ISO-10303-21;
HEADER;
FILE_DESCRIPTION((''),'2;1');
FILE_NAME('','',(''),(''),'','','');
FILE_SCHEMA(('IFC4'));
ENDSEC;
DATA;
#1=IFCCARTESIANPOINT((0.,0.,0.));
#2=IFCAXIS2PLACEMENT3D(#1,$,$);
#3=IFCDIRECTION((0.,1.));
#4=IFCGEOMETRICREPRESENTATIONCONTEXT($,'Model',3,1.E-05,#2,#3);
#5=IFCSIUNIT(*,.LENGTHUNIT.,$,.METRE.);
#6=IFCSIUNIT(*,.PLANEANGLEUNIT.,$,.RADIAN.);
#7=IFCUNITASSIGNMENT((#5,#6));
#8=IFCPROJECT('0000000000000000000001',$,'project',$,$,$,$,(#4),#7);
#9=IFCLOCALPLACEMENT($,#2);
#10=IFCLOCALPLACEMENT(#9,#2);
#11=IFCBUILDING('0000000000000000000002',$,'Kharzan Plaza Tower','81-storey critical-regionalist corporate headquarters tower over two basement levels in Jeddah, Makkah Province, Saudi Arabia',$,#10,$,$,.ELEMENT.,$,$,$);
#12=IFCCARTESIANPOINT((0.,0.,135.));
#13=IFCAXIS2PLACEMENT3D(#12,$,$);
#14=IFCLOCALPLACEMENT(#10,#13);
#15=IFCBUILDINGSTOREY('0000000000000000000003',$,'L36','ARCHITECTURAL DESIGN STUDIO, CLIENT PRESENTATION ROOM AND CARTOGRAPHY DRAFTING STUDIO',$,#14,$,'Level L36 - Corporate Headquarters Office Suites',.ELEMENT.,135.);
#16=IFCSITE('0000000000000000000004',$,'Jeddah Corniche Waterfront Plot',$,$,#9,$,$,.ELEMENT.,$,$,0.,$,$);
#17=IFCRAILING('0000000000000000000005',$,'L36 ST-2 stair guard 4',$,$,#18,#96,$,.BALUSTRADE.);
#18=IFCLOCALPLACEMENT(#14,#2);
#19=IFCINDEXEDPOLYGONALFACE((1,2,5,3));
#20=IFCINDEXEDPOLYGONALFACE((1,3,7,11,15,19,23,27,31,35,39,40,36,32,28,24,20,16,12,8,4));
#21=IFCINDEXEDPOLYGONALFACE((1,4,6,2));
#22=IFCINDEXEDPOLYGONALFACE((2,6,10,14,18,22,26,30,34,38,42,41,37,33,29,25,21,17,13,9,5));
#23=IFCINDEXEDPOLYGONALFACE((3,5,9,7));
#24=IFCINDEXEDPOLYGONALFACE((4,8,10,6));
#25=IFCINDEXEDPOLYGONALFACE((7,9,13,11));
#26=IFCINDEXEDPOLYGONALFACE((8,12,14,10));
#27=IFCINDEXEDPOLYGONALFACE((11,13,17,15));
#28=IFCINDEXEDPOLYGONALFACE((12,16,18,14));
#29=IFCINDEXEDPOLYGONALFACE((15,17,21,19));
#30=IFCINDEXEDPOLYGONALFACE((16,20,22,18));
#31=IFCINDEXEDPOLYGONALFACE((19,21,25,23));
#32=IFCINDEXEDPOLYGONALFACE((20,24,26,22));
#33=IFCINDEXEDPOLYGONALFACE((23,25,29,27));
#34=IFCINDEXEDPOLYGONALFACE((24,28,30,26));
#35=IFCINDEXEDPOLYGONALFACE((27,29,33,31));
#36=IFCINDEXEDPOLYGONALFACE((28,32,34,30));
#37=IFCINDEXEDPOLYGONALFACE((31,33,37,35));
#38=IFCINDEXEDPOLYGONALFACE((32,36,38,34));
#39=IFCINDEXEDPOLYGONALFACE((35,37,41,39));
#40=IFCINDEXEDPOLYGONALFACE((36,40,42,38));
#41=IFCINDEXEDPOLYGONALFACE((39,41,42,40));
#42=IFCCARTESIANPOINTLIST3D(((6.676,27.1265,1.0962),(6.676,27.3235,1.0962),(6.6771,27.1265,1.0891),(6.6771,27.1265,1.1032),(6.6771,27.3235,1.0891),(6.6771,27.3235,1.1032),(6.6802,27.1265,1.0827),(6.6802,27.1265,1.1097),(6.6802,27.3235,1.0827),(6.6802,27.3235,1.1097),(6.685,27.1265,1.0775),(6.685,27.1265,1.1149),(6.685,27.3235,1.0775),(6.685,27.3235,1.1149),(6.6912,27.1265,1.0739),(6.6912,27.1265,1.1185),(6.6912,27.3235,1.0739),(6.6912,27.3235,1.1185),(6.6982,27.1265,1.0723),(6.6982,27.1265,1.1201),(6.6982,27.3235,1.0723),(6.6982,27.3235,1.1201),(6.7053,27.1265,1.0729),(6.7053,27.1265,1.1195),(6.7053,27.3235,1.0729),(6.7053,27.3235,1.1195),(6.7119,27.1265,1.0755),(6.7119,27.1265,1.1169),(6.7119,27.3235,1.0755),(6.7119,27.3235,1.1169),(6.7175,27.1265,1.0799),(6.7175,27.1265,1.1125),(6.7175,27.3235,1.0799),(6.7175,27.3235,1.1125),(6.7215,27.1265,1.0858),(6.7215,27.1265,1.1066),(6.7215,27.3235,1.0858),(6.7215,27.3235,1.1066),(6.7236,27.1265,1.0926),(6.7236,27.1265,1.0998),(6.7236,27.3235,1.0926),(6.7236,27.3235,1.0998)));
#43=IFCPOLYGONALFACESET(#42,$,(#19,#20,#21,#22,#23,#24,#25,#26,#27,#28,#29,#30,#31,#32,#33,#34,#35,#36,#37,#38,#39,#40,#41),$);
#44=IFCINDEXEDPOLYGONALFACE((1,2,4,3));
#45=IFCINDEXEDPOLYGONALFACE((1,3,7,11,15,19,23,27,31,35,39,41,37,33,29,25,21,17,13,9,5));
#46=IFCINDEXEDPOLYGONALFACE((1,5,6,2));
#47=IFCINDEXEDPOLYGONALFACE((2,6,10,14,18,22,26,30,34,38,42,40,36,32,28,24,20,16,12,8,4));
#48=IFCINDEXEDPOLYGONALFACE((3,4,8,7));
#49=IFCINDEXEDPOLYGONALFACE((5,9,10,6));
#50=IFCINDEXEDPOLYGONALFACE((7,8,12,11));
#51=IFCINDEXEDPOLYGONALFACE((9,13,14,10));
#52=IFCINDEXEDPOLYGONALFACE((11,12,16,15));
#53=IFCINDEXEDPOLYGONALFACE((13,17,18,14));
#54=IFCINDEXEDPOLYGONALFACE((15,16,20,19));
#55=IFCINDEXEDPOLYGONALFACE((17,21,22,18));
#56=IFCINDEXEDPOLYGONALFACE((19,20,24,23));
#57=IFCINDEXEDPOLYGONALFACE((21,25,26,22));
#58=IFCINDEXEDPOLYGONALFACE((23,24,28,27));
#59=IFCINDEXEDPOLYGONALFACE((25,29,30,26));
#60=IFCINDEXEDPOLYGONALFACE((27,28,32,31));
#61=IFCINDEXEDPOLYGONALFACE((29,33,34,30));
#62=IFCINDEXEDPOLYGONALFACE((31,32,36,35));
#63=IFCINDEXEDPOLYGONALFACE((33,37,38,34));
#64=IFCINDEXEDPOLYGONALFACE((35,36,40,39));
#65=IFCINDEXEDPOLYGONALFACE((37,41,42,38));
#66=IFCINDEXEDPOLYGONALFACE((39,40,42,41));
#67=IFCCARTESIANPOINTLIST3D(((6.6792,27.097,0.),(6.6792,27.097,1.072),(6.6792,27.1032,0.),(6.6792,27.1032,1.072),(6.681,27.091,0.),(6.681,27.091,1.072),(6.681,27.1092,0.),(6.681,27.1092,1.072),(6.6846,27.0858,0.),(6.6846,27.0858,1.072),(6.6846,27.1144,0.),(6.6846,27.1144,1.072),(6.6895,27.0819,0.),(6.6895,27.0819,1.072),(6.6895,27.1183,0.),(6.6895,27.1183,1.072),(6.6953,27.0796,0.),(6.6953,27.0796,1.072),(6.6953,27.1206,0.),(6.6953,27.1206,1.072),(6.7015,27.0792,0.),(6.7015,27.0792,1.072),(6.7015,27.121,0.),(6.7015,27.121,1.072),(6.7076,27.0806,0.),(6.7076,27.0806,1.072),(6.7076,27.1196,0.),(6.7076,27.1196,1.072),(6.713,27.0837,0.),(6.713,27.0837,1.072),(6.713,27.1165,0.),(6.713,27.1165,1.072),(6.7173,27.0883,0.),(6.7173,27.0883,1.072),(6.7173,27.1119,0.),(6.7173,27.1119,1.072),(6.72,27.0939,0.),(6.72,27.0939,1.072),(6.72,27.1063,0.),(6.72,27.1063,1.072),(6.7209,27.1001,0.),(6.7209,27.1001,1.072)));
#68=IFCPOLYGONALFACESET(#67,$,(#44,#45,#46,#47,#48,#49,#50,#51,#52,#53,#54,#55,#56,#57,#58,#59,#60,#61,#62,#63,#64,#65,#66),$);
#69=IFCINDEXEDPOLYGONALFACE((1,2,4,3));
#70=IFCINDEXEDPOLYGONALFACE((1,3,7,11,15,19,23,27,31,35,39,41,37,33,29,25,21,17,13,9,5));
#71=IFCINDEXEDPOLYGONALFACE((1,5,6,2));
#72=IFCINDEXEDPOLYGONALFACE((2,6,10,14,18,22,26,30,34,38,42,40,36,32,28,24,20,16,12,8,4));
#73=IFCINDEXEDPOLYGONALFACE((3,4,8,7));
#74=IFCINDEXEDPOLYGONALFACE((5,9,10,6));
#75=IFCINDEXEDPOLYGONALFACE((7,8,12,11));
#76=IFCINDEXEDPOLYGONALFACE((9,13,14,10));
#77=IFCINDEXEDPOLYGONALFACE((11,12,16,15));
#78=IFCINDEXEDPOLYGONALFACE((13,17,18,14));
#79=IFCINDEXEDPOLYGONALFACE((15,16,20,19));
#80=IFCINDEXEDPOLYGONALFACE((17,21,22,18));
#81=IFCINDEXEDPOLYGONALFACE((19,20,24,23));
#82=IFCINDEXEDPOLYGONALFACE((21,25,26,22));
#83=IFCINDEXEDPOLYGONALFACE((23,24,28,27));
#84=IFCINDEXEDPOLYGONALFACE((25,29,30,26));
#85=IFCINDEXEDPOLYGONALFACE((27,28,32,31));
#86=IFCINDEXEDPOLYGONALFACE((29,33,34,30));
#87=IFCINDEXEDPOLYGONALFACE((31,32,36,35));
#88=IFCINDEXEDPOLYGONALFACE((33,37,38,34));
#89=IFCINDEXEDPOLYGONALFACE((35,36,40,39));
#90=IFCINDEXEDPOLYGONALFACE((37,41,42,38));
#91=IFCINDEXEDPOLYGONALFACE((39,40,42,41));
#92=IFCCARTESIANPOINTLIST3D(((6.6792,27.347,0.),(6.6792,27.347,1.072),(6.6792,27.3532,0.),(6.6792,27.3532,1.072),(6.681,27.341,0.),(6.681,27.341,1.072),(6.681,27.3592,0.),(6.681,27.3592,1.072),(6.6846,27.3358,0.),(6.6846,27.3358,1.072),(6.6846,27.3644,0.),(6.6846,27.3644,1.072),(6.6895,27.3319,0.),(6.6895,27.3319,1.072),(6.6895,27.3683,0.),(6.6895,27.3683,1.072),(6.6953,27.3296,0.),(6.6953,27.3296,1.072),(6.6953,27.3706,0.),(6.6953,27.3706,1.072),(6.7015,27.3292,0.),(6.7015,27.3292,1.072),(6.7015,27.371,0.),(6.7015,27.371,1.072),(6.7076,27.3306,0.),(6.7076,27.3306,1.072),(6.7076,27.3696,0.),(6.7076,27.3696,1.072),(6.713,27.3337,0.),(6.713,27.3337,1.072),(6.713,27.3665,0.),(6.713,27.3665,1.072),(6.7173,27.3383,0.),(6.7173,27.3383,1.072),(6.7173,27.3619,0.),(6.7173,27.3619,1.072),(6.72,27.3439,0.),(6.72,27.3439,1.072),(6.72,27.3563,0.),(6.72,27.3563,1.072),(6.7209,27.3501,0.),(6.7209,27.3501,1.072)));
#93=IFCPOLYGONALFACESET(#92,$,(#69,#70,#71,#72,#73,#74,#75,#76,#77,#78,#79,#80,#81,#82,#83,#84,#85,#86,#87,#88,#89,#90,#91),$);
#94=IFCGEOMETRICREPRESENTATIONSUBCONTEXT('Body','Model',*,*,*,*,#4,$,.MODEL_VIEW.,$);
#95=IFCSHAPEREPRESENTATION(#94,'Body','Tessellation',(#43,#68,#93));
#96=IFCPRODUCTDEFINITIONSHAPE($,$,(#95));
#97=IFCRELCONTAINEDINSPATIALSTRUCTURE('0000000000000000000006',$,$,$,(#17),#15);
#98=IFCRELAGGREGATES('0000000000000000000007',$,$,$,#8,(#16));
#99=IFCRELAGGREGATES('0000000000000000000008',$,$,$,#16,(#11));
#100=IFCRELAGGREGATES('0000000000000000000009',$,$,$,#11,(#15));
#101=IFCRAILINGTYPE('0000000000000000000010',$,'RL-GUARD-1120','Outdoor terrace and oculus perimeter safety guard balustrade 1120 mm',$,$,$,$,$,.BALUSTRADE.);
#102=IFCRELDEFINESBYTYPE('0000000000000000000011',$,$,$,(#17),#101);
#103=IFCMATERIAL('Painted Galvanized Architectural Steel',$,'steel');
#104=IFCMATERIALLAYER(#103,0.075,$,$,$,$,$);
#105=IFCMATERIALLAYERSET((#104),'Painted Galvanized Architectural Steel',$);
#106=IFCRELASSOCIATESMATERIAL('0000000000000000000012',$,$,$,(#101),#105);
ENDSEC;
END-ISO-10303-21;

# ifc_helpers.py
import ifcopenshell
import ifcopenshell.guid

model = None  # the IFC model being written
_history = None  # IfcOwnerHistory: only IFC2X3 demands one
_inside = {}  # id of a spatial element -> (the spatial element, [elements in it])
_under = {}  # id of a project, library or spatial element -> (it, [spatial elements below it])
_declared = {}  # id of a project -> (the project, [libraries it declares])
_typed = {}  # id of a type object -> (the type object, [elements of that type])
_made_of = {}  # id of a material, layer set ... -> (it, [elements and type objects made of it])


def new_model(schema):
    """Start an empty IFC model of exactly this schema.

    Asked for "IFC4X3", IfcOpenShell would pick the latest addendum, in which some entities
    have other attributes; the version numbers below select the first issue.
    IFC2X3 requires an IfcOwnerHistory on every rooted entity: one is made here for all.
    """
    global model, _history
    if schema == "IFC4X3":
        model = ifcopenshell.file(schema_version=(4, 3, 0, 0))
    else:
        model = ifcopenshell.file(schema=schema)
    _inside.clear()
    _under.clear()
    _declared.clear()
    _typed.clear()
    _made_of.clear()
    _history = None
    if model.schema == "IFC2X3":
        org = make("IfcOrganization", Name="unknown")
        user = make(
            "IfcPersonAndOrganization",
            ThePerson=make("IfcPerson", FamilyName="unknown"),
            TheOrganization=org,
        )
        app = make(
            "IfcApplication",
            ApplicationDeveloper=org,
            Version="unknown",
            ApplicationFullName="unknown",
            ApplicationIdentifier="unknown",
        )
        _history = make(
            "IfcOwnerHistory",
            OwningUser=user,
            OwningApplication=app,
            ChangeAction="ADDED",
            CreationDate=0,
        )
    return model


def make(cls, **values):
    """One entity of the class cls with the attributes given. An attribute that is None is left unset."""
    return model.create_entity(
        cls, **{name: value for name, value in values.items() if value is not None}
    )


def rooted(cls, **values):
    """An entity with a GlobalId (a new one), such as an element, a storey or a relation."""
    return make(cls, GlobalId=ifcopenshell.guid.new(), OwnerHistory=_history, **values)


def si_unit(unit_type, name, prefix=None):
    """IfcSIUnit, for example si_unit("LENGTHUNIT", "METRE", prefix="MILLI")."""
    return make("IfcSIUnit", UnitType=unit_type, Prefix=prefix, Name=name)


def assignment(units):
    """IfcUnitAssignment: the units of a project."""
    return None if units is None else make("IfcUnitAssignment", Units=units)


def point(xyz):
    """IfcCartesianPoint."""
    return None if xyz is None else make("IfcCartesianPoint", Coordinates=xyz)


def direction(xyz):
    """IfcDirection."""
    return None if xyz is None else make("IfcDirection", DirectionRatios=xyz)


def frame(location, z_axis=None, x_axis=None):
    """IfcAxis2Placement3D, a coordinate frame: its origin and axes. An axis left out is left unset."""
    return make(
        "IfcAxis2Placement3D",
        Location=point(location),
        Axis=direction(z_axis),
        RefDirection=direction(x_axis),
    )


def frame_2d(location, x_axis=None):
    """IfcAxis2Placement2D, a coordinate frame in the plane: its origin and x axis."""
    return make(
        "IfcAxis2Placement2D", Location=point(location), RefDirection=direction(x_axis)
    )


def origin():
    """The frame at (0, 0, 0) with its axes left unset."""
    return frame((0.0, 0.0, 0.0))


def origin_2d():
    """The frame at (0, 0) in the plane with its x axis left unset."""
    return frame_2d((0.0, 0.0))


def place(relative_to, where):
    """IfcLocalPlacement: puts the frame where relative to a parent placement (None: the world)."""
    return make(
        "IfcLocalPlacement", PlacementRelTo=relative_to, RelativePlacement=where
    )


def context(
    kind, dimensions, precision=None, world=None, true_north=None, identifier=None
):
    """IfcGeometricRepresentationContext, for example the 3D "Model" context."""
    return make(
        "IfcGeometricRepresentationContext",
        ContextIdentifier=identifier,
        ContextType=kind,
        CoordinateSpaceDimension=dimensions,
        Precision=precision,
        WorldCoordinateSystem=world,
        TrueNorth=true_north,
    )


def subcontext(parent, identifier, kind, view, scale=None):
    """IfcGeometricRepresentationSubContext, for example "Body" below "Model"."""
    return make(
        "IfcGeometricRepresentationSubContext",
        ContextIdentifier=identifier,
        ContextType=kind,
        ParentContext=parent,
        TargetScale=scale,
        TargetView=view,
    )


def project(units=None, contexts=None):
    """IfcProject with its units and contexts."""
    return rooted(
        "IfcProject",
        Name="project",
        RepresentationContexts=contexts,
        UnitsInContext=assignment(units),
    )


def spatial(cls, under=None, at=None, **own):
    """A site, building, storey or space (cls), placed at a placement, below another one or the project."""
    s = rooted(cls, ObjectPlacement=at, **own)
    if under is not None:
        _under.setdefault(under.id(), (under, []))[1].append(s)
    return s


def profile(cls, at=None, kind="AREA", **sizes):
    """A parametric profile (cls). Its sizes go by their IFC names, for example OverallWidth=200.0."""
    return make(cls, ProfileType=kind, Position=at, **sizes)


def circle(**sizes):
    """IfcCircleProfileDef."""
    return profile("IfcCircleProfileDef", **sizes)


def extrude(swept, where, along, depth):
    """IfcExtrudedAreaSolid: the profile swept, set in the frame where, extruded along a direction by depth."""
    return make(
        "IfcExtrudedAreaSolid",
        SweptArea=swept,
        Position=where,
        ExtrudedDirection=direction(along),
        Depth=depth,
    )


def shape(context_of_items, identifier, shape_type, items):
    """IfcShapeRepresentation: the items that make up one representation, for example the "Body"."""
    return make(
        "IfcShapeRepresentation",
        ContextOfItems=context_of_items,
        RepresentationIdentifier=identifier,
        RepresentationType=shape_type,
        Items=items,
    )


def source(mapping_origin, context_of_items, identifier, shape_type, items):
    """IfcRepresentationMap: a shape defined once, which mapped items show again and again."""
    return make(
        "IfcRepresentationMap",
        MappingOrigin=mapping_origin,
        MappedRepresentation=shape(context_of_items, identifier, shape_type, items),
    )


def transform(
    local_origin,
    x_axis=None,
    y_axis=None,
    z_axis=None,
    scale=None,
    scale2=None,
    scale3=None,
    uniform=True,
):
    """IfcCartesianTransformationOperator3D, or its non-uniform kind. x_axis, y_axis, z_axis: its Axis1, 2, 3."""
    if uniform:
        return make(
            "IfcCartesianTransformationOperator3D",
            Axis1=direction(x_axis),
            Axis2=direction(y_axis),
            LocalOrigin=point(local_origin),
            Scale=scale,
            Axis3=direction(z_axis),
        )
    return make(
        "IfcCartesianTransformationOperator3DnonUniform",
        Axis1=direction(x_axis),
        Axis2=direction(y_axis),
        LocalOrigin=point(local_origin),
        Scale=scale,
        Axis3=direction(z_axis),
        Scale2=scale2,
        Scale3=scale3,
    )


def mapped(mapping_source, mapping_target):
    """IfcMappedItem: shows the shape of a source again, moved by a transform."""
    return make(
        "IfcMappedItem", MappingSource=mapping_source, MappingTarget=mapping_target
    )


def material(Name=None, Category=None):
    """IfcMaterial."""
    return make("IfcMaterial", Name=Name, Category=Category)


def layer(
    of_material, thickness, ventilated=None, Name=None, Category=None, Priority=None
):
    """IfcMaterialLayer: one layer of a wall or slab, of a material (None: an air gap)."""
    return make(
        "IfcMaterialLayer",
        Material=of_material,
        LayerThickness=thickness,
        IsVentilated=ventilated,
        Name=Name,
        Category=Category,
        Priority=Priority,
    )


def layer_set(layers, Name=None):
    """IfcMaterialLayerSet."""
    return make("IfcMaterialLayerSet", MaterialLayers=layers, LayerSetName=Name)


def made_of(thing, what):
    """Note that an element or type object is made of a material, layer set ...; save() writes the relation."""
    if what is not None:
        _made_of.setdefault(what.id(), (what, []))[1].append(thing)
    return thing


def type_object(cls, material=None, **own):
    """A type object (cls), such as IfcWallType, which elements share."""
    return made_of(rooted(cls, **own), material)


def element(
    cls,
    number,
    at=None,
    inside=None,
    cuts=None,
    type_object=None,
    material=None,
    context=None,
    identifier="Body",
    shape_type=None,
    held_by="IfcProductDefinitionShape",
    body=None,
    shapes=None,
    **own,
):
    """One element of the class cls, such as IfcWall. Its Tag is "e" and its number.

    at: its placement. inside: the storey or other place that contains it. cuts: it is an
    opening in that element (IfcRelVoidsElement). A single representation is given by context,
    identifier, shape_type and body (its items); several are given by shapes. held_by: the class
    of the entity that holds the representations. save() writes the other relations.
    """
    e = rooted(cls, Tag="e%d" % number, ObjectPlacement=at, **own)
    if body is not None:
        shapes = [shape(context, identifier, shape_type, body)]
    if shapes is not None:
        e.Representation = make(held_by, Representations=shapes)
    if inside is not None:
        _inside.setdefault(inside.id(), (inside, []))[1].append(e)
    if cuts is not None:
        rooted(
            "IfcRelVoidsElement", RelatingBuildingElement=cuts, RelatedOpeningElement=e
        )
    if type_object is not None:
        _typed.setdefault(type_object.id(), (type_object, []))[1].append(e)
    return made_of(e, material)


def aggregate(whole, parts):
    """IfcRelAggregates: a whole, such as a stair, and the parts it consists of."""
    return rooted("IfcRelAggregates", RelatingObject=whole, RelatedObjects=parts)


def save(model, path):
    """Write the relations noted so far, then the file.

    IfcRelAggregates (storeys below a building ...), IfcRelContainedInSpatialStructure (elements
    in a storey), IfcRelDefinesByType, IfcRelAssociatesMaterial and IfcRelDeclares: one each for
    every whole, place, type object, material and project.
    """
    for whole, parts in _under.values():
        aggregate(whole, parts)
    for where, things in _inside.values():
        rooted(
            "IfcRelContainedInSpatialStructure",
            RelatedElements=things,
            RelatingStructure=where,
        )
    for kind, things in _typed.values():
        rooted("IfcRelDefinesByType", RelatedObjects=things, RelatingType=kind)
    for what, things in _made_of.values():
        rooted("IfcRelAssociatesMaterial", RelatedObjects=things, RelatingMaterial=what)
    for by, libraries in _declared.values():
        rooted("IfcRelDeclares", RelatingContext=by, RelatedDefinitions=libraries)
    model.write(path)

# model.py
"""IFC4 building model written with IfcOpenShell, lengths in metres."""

from ifc_helpers import new_model, si_unit, direction, frame, origin, origin_2d, place, context, subcontext, project, spatial, circle, extrude, source, transform, mapped, material, layer, layer_set, type_object, element, save


model = new_model("IFC4")

# Units and contexts
model_context = context("Model", 3, precision=1e-05, world=origin(), true_north=direction((0.0, 1.0)))
body_context = subcontext(model_context, "Body", "Model", "MODEL_VIEW")
ifc_project = project(units=[si_unit("LENGTHUNIT", "METRE"), si_unit("PLANEANGLEUNIT", "RADIAN")], contexts=[model_context])

# Site, building, storey
site_placement = place(None, origin())
site = spatial("IfcSite", under=ifc_project, at=site_placement, Name="Jeddah Corniche Waterfront Plot", CompositionType="ELEMENT", RefElevation=0.0)
building_placement = place(site_placement, origin())
building = spatial("IfcBuilding", under=site, at=building_placement, Name="Kharzan Plaza Tower", Description="81-storey critical-regionalist corporate headquarters tower over two basement levels in Jeddah, Makkah Province, Saudi Arabia", CompositionType="ELEMENT")
storey_placement = place(building_placement, frame((0.0, 0.0, 135.0)))
storey = spatial("IfcBuildingStorey", under=building, at=storey_placement, Name="L36", Description="ARCHITECTURAL DESIGN STUDIO, CLIENT PRESENTATION ROOM AND CARTOGRAPHY DRAFTING STUDIO", LongName="Level L36 - Corporate Headquarters Office Suites", CompositionType="ELEMENT", Elevation=135.0)

# Railing
ifc_material_1 = material(Name="Painted Galvanized Architectural Steel", Category="steel")
ifc_layer_1 = layer(ifc_material_1, 0.075)
ifc_layer_set_1 = layer_set([ifc_layer_1], Name="Painted Galvanized Architectural Steel")
railing_type_1 = type_object("IfcRailingType", Name="RL-GUARD-1120", Description="Outdoor terrace and oculus perimeter safety guard balustrade 1120 mm", PredefinedType="BALUSTRADE", material=ifc_layer_set_1)
shared_shape_1 = source(origin(), body_context, "Body", "SweptSolid", [
    extrude(circle(Radius=0.0239, at=origin_2d()), frame((0.0, 0.0264, 1.0962), z_axis=(0.0, 1.0, 0.0), x_axis=(-1.0, 0.0, 0.0)), (0.0, 0.0, 1.0), 0.197),
    extrude(circle(Radius=0.021, at=origin_2d()), origin(), (0.0, 0.0, 1.0), 1.072),
    extrude(circle(Radius=0.021, at=origin_2d()), frame((0.0, 0.25, 0.0)), (0.0, 0.0, 1.0), 1.072),
])
for number, where, name in (
    (1, (6.7, 27.1001, 0.0), "L36 ST-2 stair guard 4"),
):
    element("IfcRailing", number, at=place(storey_placement, frame(where)), inside=storey, type_object=railing_type_1, Name=name, PredefinedType="BALUSTRADE", context=body_context, shape_type="MappedRepresentation", body=[
        mapped(shared_shape_1, transform((0.0, 0.0, 0.0), x_axis=(1.0, 0.0, 0.0), y_axis=(0.0, 1.0, 0.0), z_axis=(0.0, 0.0, 1.0))),
    ])

save(model, "model.ifc")
